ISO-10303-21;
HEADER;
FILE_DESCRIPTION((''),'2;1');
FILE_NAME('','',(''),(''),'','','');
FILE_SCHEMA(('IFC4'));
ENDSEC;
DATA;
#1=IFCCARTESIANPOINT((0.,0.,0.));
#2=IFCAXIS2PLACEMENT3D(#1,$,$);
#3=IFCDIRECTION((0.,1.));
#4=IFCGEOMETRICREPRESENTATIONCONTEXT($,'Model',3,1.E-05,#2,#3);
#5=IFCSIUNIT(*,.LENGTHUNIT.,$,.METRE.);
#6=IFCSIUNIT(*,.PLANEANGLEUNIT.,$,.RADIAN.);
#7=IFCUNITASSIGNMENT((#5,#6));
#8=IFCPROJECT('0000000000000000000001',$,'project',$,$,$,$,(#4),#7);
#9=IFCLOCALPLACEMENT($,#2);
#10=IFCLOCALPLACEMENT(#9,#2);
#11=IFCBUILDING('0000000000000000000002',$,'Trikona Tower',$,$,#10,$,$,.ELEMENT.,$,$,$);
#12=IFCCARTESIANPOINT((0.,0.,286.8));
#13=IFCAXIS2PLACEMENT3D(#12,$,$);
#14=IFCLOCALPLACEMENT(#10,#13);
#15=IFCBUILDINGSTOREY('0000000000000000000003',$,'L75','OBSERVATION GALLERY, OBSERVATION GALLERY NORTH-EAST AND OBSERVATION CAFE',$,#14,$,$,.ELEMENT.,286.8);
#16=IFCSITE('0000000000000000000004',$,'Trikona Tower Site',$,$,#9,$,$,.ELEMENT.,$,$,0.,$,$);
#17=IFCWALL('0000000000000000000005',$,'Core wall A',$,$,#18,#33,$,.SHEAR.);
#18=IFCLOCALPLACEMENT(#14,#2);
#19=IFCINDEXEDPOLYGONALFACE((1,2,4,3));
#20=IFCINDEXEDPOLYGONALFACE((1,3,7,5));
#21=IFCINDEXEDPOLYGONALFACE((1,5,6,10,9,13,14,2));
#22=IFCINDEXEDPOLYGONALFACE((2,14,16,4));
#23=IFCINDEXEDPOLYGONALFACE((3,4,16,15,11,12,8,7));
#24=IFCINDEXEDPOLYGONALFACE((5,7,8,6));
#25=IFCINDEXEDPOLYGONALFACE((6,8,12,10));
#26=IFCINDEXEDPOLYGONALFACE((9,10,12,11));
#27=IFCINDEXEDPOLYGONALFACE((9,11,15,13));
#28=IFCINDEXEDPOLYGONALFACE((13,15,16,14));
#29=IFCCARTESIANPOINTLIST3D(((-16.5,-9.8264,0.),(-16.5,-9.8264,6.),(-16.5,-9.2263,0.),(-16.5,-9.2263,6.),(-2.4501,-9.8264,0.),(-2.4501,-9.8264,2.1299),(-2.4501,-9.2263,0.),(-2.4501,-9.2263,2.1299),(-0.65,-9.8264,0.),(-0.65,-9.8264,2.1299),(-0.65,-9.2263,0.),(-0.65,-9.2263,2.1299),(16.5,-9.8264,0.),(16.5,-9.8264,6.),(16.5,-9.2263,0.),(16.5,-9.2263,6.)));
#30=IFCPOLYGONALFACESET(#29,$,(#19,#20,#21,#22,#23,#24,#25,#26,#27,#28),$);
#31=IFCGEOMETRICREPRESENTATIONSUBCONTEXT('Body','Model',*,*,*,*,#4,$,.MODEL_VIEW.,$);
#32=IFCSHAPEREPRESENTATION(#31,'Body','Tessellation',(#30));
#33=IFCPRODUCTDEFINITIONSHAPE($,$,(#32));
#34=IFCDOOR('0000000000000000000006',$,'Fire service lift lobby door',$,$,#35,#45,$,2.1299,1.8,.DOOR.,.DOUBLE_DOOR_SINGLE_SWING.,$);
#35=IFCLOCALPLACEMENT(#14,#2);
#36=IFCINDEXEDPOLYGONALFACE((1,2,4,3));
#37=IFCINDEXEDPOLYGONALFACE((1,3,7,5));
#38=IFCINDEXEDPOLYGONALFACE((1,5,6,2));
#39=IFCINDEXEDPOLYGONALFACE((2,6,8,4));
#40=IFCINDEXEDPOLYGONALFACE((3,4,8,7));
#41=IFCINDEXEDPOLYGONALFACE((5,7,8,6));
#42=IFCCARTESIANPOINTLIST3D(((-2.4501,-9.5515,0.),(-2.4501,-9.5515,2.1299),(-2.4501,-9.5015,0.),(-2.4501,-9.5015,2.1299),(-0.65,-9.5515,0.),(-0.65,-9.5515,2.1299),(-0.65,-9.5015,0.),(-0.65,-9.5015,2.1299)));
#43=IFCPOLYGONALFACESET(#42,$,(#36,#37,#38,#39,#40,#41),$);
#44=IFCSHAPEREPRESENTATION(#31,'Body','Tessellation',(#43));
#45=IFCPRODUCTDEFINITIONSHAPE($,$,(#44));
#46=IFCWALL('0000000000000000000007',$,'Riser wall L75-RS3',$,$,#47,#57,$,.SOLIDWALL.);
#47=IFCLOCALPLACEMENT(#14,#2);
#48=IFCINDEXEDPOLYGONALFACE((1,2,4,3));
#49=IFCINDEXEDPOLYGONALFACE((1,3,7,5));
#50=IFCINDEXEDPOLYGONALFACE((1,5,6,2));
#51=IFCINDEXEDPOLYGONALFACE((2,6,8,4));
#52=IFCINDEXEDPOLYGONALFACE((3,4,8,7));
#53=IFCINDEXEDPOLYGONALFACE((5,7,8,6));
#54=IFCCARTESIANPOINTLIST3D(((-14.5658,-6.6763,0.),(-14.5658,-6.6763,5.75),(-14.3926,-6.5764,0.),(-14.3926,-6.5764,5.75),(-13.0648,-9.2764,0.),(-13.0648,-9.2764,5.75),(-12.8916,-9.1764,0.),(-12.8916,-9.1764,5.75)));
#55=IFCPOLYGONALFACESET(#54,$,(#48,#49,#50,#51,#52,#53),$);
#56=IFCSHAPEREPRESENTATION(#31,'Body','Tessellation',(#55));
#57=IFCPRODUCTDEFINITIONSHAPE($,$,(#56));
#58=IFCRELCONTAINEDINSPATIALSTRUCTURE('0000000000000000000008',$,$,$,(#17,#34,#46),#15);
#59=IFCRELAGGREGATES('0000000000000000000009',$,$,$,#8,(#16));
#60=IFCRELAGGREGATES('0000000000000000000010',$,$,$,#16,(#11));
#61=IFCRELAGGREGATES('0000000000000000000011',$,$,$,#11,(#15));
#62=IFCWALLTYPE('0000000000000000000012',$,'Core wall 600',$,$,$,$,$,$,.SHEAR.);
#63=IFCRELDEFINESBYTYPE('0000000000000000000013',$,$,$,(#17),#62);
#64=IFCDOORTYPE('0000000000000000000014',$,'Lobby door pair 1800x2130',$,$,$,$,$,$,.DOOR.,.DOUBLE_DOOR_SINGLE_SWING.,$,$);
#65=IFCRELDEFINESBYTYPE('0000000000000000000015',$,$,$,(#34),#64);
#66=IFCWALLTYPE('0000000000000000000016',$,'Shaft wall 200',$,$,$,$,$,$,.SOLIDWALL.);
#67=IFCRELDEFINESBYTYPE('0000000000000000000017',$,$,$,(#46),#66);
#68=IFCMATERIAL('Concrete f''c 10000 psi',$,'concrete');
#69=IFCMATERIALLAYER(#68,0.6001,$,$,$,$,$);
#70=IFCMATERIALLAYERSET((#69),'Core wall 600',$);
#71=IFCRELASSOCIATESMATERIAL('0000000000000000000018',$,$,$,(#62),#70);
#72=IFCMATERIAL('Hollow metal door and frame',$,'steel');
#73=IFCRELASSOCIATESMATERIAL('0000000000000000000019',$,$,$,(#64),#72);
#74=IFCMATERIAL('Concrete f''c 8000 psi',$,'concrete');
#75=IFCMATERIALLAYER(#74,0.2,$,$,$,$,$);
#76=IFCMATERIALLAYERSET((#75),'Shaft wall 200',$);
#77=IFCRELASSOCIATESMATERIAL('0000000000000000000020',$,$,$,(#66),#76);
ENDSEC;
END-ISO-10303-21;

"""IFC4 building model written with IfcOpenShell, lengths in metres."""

from ifc_helpers import new_model, si_unit, direction, frame, frame_2d, origin, place, context, subcontext, project, spatial, rectangle, extrude, material, layer, layer_set, type_object, element, fill, save


model = new_model("IFC4")

# Units and contexts
model_context = context("Model", 3, precision=1e-05, world=origin(), true_north=direction((0.0, 1.0)))
body_context = subcontext(model_context, "Body", "Model", "MODEL_VIEW")
ifc_project = project(units=[si_unit("LENGTHUNIT", "METRE"), si_unit("PLANEANGLEUNIT", "RADIAN")], contexts=[model_context])

# Site, building, storey
site_placement = place(None, origin())
site = spatial("IfcSite", under=ifc_project, at=site_placement, Name="Trikona Tower Site", CompositionType="ELEMENT", RefElevation=0.0)
building_placement = place(site_placement, origin())
building = spatial("IfcBuilding", under=site, at=building_placement, Name="Trikona Tower", CompositionType="ELEMENT")
storey_placement = place(building_placement, frame((0.0, 0.0, 286.8)))
storey = spatial("IfcBuildingStorey", under=building, at=storey_placement, Name="L75", Description="OBSERVATION GALLERY, OBSERVATION GALLERY NORTH-EAST AND OBSERVATION CAFE", CompositionType="ELEMENT", Elevation=286.8)

# Wall, opening, door
ifc_material_1 = material(Name="Concrete f'c 10000 psi", Category="concrete")
ifc_layer_1 = layer(ifc_material_1, 0.6001)
ifc_layer_set_1 = layer_set([ifc_layer_1], Name="Core wall 600")
wall_type_1 = type_object("IfcWallType", Name="Core wall 600", PredefinedType="SHEAR", material=ifc_layer_set_1)
wall_1_placement = place(storey_placement, frame((-16.5, -9.5264, 0.0), z_axis=(0.0, 0.0, 1.0), x_axis=(1.0, 0.0, 0.0)))
wall_1 = element("IfcWall", 1, at=wall_1_placement, inside=storey, type_object=wall_type_1, Name="Core wall A", PredefinedType="SHEAR", context=body_context, shape_type="SweptSolid", body=[
    extrude(rectangle(XDim=33.0, YDim=0.6001, at=frame_2d((16.5, 0.0))), origin(), (0.0, 0.0, 1.0), 6.0),
])
opening_1_placement = place(wall_1_placement, frame((14.05, 0.0, 0.0)))
opening_1 = element("IfcOpeningElement", 2, at=opening_1_placement, cuts=wall_1, PredefinedType="OPENING", context=body_context, shape_type="SweptSolid", body=[
    extrude(rectangle(XDim=1.8, YDim=2.1299, at=frame_2d((0.8999, 1.0649))), frame((0.0, 0.3101, 0.0), z_axis=(0.0, -1.0, 0.0), x_axis=(1.0, 0.0, 0.0)), (0.0, 0.0, 1.0), 0.6201),
])
ifc_material_2 = material(Name="Hollow metal door and frame", Category="steel")
door_type_1 = type_object("IfcDoorType", Name="Lobby door pair 1800x2130", OperationType="DOUBLE_DOOR_SINGLE_SWING", PredefinedType="DOOR", material=ifc_material_2)
door_1_placement = place(opening_1_placement, origin())
door_1 = element("IfcDoor", 3, at=door_1_placement, inside=storey, type_object=door_type_1, Name="Fire service lift lobby door", OperationType="DOUBLE_DOOR_SINGLE_SWING", OverallHeight=2.1299, OverallWidth=1.8, PredefinedType="DOOR", context=body_context, shape_type="SweptSolid", body=[
    extrude(rectangle(XDim=1.8, YDim=2.1299, at=frame_2d((0.8999, 1.0649))), frame((0.0, 0.0249, 0.0), z_axis=(0.0, -1.0, 0.0), x_axis=(1.0, 0.0, 0.0)), (0.0, 0.0, 1.0), 0.05),
])
fill(opening_1, door_1)

# Wall
ifc_material_3 = material(Name="Concrete f'c 8000 psi", Category="concrete")
ifc_layer_2 = layer(ifc_material_3, 0.2)
ifc_layer_set_2 = layer_set([ifc_layer_2], Name="Shaft wall 200")
wall_type_2 = type_object("IfcWallType", Name="Shaft wall 200", PredefinedType="SOLIDWALL", material=ifc_layer_set_2)
wall_2_placement = place(storey_placement, frame((-12.9783, -9.2263, 0.0), z_axis=(0.0, 0.0, 1.0), x_axis=(-0.499952, 0.866053, 0.0)))
element("IfcWall", 4, at=wall_2_placement, inside=storey, type_object=wall_type_2, Name="Riser wall L75-RS3", PredefinedType="SOLIDWALL", context=body_context, shape_type="SweptSolid", body=[
    extrude(rectangle(XDim=3.0022, YDim=0.2, at=frame_2d((1.501, 0.0))), origin(), (0.0, 0.0, 1.0), 5.75),
])

save(model, "model.ifc")
